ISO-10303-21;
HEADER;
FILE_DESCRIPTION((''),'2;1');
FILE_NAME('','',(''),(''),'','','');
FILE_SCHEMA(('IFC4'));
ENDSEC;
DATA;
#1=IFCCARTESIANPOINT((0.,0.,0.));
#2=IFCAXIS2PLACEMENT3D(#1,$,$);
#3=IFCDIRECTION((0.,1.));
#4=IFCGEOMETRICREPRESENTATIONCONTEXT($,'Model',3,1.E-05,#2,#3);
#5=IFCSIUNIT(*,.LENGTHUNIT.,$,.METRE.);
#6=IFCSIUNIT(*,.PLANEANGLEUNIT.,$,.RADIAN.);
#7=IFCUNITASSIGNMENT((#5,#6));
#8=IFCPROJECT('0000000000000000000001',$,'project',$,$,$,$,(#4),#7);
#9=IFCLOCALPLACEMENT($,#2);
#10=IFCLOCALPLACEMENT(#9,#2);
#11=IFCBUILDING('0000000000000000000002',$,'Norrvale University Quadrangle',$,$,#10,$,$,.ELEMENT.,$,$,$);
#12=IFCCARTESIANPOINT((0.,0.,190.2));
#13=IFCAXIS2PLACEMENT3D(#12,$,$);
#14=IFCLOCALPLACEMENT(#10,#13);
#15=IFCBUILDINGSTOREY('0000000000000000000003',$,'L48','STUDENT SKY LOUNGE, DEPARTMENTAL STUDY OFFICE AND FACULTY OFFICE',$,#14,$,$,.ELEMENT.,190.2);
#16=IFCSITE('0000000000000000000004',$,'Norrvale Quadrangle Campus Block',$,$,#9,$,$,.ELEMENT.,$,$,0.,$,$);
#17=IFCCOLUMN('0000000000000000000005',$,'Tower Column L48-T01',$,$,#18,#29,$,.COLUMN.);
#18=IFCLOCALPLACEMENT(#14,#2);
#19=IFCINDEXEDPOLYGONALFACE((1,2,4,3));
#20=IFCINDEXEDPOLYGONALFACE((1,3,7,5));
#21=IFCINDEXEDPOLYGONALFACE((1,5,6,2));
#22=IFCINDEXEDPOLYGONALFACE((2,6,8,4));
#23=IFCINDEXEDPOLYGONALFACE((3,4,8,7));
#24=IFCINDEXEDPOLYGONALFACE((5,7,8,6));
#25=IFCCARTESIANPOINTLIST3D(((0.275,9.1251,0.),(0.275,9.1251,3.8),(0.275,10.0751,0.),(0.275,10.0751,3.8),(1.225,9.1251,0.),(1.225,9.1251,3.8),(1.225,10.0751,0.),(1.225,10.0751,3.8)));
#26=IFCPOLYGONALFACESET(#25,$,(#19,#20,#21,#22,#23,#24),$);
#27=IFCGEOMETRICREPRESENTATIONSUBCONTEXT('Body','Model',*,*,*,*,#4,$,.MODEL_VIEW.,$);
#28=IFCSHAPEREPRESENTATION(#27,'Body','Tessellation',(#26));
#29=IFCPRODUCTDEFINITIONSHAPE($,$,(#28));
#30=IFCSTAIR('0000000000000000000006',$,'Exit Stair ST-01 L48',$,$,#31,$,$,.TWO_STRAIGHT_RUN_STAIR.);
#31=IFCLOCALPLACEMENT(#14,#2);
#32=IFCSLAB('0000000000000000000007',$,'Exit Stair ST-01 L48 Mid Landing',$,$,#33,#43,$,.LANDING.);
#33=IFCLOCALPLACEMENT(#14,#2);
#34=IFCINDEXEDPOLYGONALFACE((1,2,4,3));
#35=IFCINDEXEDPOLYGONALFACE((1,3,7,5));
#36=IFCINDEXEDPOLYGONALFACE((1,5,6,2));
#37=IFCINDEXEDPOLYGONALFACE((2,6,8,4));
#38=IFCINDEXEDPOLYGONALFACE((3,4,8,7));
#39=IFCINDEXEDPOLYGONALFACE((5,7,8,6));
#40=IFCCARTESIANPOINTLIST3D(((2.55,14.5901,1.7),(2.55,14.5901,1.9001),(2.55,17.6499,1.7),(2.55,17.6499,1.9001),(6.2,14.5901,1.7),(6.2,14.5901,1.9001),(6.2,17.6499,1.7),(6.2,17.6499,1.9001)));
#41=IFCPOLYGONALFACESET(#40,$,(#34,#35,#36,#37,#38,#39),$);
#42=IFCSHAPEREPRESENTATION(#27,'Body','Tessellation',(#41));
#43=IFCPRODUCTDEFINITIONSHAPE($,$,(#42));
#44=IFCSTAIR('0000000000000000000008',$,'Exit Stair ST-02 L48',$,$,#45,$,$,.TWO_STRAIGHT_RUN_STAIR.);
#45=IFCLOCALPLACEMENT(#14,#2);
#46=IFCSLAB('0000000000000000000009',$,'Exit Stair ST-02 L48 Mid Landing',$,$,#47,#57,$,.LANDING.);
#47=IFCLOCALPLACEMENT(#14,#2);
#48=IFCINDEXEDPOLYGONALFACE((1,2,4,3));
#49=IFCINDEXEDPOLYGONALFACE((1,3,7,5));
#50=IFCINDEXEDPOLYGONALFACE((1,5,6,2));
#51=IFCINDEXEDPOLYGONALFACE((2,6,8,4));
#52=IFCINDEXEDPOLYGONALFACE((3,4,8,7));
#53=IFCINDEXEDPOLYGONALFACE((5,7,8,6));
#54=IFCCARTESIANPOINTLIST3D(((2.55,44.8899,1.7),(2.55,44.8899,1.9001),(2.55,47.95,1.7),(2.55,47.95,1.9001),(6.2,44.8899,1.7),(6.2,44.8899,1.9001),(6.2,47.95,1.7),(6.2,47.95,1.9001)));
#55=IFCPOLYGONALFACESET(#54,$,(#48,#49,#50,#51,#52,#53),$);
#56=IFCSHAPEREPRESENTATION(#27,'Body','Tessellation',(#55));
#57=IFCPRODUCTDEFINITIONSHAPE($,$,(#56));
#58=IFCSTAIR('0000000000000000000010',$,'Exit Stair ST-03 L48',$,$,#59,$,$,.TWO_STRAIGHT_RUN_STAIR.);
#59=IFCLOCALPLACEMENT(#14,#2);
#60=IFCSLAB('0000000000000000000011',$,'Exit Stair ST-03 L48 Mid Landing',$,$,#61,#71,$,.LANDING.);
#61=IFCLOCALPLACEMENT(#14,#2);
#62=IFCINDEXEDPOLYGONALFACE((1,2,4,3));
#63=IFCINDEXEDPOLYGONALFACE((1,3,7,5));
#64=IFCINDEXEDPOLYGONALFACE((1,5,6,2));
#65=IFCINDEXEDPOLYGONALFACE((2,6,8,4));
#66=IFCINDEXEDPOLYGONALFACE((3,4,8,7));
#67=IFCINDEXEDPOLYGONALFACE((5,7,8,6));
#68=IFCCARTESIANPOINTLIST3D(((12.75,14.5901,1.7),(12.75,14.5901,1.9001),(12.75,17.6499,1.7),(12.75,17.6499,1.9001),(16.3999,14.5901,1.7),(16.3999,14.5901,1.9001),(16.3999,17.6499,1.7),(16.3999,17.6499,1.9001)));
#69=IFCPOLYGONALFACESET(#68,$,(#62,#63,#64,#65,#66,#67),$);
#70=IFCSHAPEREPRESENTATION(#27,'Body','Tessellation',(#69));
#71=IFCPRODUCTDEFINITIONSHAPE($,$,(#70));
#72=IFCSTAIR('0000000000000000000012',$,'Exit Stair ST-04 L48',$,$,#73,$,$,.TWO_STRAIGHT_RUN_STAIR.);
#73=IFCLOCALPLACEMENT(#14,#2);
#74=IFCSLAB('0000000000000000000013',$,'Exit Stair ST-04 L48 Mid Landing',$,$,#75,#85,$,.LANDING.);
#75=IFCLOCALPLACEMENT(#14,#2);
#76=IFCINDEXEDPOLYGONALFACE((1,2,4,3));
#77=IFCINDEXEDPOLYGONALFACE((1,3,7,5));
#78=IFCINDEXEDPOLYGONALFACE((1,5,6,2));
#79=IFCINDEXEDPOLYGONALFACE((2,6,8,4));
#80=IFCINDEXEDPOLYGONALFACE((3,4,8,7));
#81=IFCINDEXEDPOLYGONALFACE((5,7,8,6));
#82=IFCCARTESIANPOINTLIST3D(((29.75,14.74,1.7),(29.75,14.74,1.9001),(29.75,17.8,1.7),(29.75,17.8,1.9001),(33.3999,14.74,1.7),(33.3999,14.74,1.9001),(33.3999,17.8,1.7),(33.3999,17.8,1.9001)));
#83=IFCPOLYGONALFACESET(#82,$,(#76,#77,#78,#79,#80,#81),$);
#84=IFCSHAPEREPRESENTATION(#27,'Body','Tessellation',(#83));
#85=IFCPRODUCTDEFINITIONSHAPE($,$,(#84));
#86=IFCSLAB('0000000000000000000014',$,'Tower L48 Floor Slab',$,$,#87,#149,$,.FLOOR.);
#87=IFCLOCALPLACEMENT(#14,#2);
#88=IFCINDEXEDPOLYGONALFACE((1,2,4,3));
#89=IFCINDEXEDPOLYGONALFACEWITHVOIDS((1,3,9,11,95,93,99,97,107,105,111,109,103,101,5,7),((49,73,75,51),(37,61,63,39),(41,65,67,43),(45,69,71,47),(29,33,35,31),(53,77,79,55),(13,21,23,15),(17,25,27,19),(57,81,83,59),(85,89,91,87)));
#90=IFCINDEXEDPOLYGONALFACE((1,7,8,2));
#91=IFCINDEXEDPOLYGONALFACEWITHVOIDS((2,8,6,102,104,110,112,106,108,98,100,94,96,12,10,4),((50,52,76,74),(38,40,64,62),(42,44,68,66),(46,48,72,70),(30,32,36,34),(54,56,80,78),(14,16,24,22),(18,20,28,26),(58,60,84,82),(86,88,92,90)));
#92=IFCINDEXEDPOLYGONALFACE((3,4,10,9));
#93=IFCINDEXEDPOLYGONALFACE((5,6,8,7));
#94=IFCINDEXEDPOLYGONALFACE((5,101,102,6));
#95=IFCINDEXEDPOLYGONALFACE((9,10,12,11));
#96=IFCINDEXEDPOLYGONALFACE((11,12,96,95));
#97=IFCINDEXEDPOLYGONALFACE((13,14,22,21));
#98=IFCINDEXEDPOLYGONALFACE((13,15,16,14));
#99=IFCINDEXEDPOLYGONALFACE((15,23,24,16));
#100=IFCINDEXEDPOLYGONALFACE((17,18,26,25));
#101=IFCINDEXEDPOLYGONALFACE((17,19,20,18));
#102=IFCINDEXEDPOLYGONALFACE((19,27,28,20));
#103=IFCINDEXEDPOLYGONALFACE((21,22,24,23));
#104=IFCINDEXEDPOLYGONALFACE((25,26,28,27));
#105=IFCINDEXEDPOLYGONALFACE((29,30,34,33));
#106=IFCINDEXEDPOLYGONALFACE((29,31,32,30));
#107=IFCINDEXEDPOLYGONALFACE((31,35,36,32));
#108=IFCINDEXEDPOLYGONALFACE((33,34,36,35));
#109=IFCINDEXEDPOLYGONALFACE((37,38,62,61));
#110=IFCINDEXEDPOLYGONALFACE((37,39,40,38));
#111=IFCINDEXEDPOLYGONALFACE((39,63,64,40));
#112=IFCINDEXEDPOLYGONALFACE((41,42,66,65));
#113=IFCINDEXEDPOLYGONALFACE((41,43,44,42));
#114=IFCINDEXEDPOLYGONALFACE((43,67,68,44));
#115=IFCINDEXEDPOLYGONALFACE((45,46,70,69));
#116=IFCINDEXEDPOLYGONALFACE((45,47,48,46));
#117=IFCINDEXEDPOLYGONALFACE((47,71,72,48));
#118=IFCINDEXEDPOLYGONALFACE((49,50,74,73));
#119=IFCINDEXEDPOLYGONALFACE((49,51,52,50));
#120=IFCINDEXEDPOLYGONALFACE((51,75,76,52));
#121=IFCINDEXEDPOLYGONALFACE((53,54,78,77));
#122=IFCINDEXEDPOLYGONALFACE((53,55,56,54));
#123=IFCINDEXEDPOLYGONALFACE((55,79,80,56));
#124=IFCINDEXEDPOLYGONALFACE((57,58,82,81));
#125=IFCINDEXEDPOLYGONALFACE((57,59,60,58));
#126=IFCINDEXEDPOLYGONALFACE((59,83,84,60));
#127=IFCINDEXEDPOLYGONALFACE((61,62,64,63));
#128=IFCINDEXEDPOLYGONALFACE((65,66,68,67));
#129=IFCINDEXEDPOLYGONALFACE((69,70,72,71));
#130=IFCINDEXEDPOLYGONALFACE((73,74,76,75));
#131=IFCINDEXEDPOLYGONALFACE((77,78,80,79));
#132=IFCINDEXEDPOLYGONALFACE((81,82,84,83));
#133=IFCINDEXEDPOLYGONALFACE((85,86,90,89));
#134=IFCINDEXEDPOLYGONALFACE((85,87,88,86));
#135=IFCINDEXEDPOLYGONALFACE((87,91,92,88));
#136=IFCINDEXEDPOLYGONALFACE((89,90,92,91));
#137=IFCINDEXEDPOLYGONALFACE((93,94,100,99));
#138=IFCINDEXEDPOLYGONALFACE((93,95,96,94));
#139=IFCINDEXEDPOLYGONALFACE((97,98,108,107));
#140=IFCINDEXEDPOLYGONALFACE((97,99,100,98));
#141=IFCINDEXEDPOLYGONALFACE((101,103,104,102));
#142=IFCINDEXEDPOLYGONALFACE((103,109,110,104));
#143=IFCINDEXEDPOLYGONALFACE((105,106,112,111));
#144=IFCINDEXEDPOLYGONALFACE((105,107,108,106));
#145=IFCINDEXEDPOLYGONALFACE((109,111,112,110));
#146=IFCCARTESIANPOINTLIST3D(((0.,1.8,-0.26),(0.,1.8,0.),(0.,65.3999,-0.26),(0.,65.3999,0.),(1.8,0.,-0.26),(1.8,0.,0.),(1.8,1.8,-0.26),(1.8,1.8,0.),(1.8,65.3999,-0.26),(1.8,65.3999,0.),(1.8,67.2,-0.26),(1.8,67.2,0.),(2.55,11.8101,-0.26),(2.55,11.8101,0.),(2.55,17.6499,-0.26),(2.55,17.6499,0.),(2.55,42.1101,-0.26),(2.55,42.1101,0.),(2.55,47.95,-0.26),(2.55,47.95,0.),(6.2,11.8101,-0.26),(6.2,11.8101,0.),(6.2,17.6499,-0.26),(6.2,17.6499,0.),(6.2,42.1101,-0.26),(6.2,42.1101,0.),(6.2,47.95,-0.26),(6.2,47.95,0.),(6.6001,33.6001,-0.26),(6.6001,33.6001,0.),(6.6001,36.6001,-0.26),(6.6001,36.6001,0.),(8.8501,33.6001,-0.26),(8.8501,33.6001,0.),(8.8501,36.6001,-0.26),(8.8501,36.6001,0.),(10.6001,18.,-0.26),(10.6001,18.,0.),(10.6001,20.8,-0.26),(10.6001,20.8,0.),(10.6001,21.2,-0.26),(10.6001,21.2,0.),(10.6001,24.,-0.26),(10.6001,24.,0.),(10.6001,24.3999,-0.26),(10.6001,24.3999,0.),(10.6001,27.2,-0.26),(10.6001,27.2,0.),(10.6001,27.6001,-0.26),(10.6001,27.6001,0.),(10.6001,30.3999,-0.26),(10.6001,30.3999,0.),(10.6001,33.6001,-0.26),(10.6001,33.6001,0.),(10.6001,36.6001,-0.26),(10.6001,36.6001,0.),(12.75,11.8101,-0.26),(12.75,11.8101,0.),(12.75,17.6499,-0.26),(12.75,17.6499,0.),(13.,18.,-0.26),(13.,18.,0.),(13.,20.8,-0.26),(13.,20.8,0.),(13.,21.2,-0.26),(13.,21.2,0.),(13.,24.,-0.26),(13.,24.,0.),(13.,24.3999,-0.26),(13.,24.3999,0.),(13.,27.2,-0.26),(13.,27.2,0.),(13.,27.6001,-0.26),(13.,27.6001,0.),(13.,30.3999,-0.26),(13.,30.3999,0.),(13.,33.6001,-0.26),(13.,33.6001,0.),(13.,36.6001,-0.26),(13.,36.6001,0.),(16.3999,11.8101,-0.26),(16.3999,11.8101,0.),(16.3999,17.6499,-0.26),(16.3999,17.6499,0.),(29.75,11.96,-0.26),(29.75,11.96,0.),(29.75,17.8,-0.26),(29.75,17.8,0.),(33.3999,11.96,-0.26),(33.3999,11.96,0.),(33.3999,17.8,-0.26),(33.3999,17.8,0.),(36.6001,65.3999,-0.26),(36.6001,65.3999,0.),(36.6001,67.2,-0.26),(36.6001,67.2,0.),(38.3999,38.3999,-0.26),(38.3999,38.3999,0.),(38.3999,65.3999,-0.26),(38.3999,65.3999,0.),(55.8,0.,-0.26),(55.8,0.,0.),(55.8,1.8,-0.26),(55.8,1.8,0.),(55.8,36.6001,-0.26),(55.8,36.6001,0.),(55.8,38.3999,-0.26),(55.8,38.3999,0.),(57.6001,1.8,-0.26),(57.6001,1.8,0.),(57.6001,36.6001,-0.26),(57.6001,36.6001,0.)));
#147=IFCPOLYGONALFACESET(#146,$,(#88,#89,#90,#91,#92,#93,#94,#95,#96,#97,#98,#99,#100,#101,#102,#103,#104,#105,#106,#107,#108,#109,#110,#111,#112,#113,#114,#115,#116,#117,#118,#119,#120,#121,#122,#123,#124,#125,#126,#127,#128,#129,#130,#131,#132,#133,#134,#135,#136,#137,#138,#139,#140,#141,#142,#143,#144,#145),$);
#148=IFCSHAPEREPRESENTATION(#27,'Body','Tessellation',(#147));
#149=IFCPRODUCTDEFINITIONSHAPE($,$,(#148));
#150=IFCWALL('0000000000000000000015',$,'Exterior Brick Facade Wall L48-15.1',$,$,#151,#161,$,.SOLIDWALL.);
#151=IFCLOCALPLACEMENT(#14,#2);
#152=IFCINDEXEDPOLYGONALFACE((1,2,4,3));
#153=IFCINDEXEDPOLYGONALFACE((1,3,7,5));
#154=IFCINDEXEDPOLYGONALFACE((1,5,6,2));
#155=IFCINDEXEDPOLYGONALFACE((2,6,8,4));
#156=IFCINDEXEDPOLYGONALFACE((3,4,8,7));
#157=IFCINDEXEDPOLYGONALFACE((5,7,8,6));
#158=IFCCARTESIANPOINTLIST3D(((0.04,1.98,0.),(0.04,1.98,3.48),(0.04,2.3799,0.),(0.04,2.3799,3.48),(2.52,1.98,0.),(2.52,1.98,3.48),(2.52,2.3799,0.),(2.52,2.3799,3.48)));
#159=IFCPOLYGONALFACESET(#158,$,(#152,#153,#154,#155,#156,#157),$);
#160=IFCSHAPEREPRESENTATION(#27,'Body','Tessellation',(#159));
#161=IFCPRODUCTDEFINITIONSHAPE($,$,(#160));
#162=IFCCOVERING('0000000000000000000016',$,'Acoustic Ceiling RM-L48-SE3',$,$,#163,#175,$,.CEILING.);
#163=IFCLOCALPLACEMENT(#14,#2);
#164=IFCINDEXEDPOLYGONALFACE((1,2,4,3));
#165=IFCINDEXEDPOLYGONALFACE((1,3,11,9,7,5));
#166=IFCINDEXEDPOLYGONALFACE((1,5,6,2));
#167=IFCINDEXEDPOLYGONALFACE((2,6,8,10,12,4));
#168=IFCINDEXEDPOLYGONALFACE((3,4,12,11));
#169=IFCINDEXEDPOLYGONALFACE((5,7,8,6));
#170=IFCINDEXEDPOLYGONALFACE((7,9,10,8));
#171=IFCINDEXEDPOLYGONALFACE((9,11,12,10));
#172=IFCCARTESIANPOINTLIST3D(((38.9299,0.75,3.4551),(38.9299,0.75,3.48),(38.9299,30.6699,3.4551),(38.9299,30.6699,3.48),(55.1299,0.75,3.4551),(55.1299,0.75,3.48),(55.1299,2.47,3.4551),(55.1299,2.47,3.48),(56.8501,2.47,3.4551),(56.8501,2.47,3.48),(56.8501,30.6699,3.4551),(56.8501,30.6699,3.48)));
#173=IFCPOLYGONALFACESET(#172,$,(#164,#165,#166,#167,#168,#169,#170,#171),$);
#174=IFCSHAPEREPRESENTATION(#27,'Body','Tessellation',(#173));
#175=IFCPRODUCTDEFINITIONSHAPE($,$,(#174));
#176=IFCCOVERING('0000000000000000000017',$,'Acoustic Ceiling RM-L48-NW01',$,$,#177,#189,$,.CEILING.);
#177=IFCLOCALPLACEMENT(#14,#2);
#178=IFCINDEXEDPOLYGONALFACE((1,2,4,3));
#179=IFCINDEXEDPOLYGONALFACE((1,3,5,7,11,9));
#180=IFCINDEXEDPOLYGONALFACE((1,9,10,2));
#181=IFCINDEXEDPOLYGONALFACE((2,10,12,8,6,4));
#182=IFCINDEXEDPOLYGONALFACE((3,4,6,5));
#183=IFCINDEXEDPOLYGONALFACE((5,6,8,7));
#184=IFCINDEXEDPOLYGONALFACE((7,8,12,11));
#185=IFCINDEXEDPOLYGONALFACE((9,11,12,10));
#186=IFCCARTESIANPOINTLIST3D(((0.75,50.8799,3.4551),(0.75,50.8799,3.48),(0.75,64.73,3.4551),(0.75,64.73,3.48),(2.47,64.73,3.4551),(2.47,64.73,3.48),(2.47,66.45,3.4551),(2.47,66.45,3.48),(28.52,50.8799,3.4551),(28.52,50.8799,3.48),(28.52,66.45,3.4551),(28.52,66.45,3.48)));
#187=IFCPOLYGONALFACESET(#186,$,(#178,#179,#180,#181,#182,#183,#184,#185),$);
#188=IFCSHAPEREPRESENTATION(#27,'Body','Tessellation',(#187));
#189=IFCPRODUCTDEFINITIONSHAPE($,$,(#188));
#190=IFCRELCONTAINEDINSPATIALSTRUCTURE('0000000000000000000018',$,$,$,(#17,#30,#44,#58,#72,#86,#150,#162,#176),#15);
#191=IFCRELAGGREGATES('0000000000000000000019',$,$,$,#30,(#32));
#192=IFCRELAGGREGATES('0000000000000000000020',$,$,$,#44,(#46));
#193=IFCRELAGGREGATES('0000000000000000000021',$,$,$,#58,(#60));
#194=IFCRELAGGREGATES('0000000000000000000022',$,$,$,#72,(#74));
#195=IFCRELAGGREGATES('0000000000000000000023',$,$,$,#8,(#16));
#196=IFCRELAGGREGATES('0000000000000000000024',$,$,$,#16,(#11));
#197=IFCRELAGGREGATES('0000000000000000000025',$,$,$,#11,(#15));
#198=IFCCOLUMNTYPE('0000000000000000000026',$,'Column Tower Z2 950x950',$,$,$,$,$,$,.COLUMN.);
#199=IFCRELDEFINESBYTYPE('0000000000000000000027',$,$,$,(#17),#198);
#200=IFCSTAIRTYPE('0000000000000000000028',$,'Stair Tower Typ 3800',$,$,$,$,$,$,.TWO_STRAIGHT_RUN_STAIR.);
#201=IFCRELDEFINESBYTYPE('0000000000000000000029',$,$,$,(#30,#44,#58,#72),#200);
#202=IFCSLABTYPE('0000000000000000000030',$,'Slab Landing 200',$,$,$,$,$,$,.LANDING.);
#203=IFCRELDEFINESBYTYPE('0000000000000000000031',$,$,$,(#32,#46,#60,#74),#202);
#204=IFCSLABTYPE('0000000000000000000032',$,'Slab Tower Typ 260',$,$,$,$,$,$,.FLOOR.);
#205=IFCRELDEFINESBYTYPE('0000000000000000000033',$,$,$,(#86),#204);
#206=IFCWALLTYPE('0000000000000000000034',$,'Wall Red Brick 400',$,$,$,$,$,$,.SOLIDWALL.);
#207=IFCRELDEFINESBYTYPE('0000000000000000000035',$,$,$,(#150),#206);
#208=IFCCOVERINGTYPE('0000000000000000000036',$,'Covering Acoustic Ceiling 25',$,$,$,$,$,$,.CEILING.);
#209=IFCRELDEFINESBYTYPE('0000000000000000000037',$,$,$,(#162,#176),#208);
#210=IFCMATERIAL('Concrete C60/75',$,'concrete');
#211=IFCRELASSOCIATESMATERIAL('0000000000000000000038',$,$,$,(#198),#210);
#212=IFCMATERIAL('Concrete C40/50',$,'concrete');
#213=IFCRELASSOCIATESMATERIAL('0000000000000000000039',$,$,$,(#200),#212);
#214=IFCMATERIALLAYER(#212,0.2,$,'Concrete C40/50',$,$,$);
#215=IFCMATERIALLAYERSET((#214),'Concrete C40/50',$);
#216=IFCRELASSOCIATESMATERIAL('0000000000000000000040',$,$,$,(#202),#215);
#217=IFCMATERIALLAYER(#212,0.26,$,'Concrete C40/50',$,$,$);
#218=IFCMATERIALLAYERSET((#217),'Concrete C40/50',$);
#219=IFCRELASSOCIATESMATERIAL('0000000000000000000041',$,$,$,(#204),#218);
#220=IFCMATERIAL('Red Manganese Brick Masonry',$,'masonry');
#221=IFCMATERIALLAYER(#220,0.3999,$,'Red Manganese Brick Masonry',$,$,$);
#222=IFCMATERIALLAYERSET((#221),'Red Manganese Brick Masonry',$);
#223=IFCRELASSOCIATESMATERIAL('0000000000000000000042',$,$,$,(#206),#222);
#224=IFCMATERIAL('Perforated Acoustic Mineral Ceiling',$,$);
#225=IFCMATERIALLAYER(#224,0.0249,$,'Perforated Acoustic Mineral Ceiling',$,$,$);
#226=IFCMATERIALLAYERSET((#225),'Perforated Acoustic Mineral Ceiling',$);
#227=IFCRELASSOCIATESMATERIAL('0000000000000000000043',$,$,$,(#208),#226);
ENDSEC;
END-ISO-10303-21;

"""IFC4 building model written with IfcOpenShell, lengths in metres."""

from ifc_helpers import new_model, si_unit, direction, frame, frame_2d, origin, origin_2d, place, context, subcontext, project, spatial, polyline, rectangle, outline, extrude, material, layer, layer_set, material_profile, profile_set, type_object, element, aggregate, save


model = new_model("IFC4")

# Units and contexts
model_context = context("Model", 3, precision=1e-05, world=origin(), true_north=direction((0.0, 1.0)))
body_context = subcontext(model_context, "Body", "Model", "MODEL_VIEW")
ifc_project = project(units=[si_unit("LENGTHUNIT", "METRE"), si_unit("PLANEANGLEUNIT", "RADIAN")], contexts=[model_context])

# Site, building, storey
site_placement = place(None, origin())
site = spatial("IfcSite", under=ifc_project, at=site_placement, Name="Norrvale Quadrangle Campus Block", CompositionType="ELEMENT", RefElevation=0.0)
building_placement = place(site_placement, origin())
building = spatial("IfcBuilding", under=site, at=building_placement, Name="Norrvale University Quadrangle", CompositionType="ELEMENT")
storey_placement = place(building_placement, frame((0.0, 0.0, 190.2)))
storey = spatial("IfcBuildingStorey", under=building, at=storey_placement, Name="L48", Description="STUDENT SKY LOUNGE, DEPARTMENTAL STUDY OFFICE AND FACULTY OFFICE", CompositionType="ELEMENT", Elevation=190.2)

# Column
ifc_material_1 = material(Name="Concrete C60/75", Category="concrete")
ifc_material_profile = material_profile(ifc_material_1, rectangle(XDim=0.95, YDim=0.95, at=origin_2d()), Name="Concrete C60/75")
ifc_profile_set = profile_set([ifc_material_profile], Name="Concrete C60/75")
column_type = type_object("IfcColumnType", Name="Column Tower Z2 950x950", PredefinedType="COLUMN", material=ifc_profile_set)
column_placement = place(storey_placement, frame((0.75, 9.6001, 0.0), z_axis=(0.0, 0.0, 1.0), x_axis=(1.0, 0.0, 0.0)))
element("IfcColumn", 1, at=column_placement, inside=storey, type_object=column_type, Name="Tower Column L48-T01", PredefinedType="COLUMN", context=body_context, shape_type="SweptSolid", body=[
    extrude(rectangle(XDim=0.95, YDim=0.95, at=origin_2d()), origin(), (0.0, 0.0, 1.0), 3.8),
])

# Stairs, slabs
ifc_material_2 = material(Name="Concrete C40/50", Category="concrete")
stair_type = type_object("IfcStairType", Name="Stair Tower Typ 3800", PredefinedType="TWO_STRAIGHT_RUN_STAIR", material=ifc_material_2)
stair_1_placement = place(storey_placement, origin())
stair_1 = element("IfcStair", 2, at=stair_1_placement, inside=storey, type_object=stair_type, Name="Exit Stair ST-01 L48", PredefinedType="TWO_STRAIGHT_RUN_STAIR")
ifc_layer_1 = layer(ifc_material_2, 0.2, Name="Concrete C40/50")
ifc_layer_set_1 = layer_set([ifc_layer_1], Name="Concrete C40/50")
slab_type_1 = type_object("IfcSlabType", Name="Slab Landing 200", PredefinedType="LANDING", material=ifc_layer_set_1)
slab_1_placement = place(storey_placement, frame((0.0, 0.0, 1.7)))
slab_1 = element("IfcSlab", 3, at=slab_1_placement, type_object=slab_type_1, Name="Exit Stair ST-01 L48 Mid Landing", PredefinedType="LANDING", context=body_context, shape_type="SweptSolid", body=[
    extrude(outline(polyline([(2.55, 14.5901), (6.2, 14.5901), (6.2, 17.6499), (2.55, 17.6499), (2.55, 14.5901)])), origin(), (0.0, 0.0, 1.0), 0.2002),
])
aggregate(stair_1, [slab_1])
stair_2_placement = place(storey_placement, origin())
stair_2 = element("IfcStair", 4, at=stair_2_placement, inside=storey, type_object=stair_type, Name="Exit Stair ST-02 L48", PredefinedType="TWO_STRAIGHT_RUN_STAIR")
slab_2_placement = place(storey_placement, frame((0.0, 0.0, 1.7)))
slab_2 = element("IfcSlab", 5, at=slab_2_placement, type_object=slab_type_1, Name="Exit Stair ST-02 L48 Mid Landing", PredefinedType="LANDING", context=body_context, shape_type="SweptSolid", body=[
    extrude(outline(polyline([(2.55, 44.8899), (6.2, 44.8899), (6.2, 47.95), (2.55, 47.95), (2.55, 44.8899)])), origin(), (0.0, 0.0, 1.0), 0.2002),
])
aggregate(stair_2, [slab_2])
stair_3_placement = place(storey_placement, origin())
stair_3 = element("IfcStair", 6, at=stair_3_placement, inside=storey, type_object=stair_type, Name="Exit Stair ST-03 L48", PredefinedType="TWO_STRAIGHT_RUN_STAIR")
slab_3_placement = place(storey_placement, frame((0.0, 0.0, 1.7)))
slab_3 = element("IfcSlab", 7, at=slab_3_placement, type_object=slab_type_1, Name="Exit Stair ST-03 L48 Mid Landing", PredefinedType="LANDING", context=body_context, shape_type="SweptSolid", body=[
    extrude(outline(polyline([(12.75, 14.5901), (16.3999, 14.5901), (16.3999, 17.6499), (12.75, 17.6499), (12.75, 14.5901)])), origin(), (0.0, 0.0, 1.0), 0.2002),
])
aggregate(stair_3, [slab_3])
stair_4_placement = place(storey_placement, origin())
stair_4 = element("IfcStair", 8, at=stair_4_placement, inside=storey, type_object=stair_type, Name="Exit Stair ST-04 L48", PredefinedType="TWO_STRAIGHT_RUN_STAIR")
slab_4_placement = place(storey_placement, frame((0.0, 0.0, 1.7)))
slab_4 = element("IfcSlab", 9, at=slab_4_placement, type_object=slab_type_1, Name="Exit Stair ST-04 L48 Mid Landing", PredefinedType="LANDING", context=body_context, shape_type="SweptSolid", body=[
    extrude(outline(polyline([(29.75, 14.74), (33.3999, 14.74), (33.3999, 17.8), (29.75, 17.8), (29.75, 14.74)])), origin(), (0.0, 0.0, 1.0), 0.2002),
])
aggregate(stair_4, [slab_4])

# Slab
ifc_layer_2 = layer(ifc_material_2, 0.26, Name="Concrete C40/50")
ifc_layer_set_2 = layer_set([ifc_layer_2], Name="Concrete C40/50")
slab_type_2 = type_object("IfcSlabType", Name="Slab Tower Typ 260", PredefinedType="FLOOR", material=ifc_layer_set_2)
slab_5_placement = place(storey_placement, frame((0.0, 0.0, -0.26)))
element("IfcSlab", 10, at=slab_5_placement, inside=storey, type_object=slab_type_2, Name="Tower L48 Floor Slab", PredefinedType="FLOOR", context=body_context, shape_type="SweptSolid", body=[
    extrude(outline(polyline([(1.8, 0.0), (55.8, 0.0), (55.8, 1.8), (57.6001, 1.8), (57.6001, 36.6001), (55.8, 36.6001), (55.8, 38.3999), (38.3999, 38.3999), (38.3999, 65.3999), (36.6001, 65.3999), (36.6001, 67.2), (1.8, 67.2), (1.8, 65.3999), (0.0, 65.3999), (0.0, 1.8), (1.8, 1.8), (1.8, 0.0)]), holes=[polyline([(2.55, 11.8101), (6.2, 11.8101), (6.2, 17.6499), (2.55, 17.6499), (2.55, 11.8101)]), polyline([(2.55, 42.1101), (6.2, 42.1101), (6.2, 47.95), (2.55, 47.95), (2.55, 42.1101)]), polyline([(12.75, 11.8101), (16.3999, 11.8101), (16.3999, 17.6499), (12.75, 17.6499), (12.75, 11.8101)]), polyline([(29.75, 11.96), (33.3999, 11.96), (33.3999, 17.8), (29.75, 17.8), (29.75, 11.96)]), polyline([(10.6001, 18.0), (13.0, 18.0), (13.0, 20.8), (10.6001, 20.8), (10.6001, 18.0)]), polyline([(10.6001, 21.2), (13.0, 21.2), (13.0, 24.0), (10.6001, 24.0), (10.6001, 21.2)]), polyline([(10.6001, 24.3999), (13.0, 24.3999), (13.0, 27.2), (10.6001, 27.2), (10.6001, 24.3999)]), polyline([(10.6001, 27.6001), (13.0, 27.6001), (13.0, 30.3999), (10.6001, 30.3999), (10.6001, 27.6001)]), polyline([(6.6001, 33.6001), (8.8501, 33.6001), (8.8501, 36.6001), (6.6001, 36.6001), (6.6001, 33.6001)]), polyline([(10.6001, 33.6001), (13.0, 33.6001), (13.0, 36.6001), (10.6001, 36.6001), (10.6001, 33.6001)])]), origin(), (0.0, 0.0, 1.0), 0.26),
])

# Wall
ifc_material_3 = material(Name="Red Manganese Brick Masonry", Category="masonry")
ifc_layer_3 = layer(ifc_material_3, 0.3999, Name="Red Manganese Brick Masonry")
ifc_layer_set_3 = layer_set([ifc_layer_3], Name="Red Manganese Brick Masonry")
wall_type = type_object("IfcWallType", Name="Wall Red Brick 400", PredefinedType="SOLIDWALL", material=ifc_layer_set_3)
wall_placement = place(storey_placement, frame((0.04, 2.1799, 0.0), z_axis=(0.0, 0.0, 1.0), x_axis=(1.0, 0.0, 0.0)))
element("IfcWall", 11, at=wall_placement, inside=storey, type_object=wall_type, Name="Exterior Brick Facade Wall L48-15.1", PredefinedType="SOLIDWALL", context=body_context, shape_type="SweptSolid", body=[
    extrude(rectangle(XDim=2.48, YDim=0.3999, at=frame_2d((1.24, 0.0))), origin(), (0.0, 0.0, 1.0), 3.48),
])

# Coverings
ifc_material_4 = material(Name="Perforated Acoustic Mineral Ceiling")
ifc_layer_4 = layer(ifc_material_4, 0.0249, Name="Perforated Acoustic Mineral Ceiling")
ifc_layer_set_4 = layer_set([ifc_layer_4], Name="Perforated Acoustic Mineral Ceiling")
covering_type_1 = type_object("IfcCoveringType", Name="Covering Acoustic Ceiling 25", PredefinedType="CEILING", material=ifc_layer_set_4)
covering_1_placement = place(storey_placement, frame((0.0, 0.0, 3.4551)))
element("IfcCovering", 12, at=covering_1_placement, inside=storey, type_object=covering_type_1, Name="Acoustic Ceiling RM-L48-SE3", PredefinedType="CEILING", context=body_context, shape_type="SweptSolid", body=[
    extrude(outline(polyline([(38.9299, 0.75), (38.9299, 30.6699), (56.8501, 30.6699), (56.8501, 2.47), (55.1299, 2.47), (55.1299, 0.75), (38.9299, 0.75)])), origin(), (0.0, 0.0, 1.0), 0.0249),
])
covering_2_placement = place(storey_placement, frame((0.0, 0.0, 3.4551)))
element("IfcCovering", 13, at=covering_2_placement, inside=storey, type_object=covering_type_1, Name="Acoustic Ceiling RM-L48-NW01", PredefinedType="CEILING", context=body_context, shape_type="SweptSolid", body=[
    extrude(outline(polyline([(28.52, 66.45), (28.52, 50.8799), (0.75, 50.8799), (0.75, 64.73), (2.47, 64.73), (2.47, 66.45), (28.52, 66.45)])), origin(), (0.0, 0.0, 1.0), 0.0249),
])

save(model, "model.ifc")
